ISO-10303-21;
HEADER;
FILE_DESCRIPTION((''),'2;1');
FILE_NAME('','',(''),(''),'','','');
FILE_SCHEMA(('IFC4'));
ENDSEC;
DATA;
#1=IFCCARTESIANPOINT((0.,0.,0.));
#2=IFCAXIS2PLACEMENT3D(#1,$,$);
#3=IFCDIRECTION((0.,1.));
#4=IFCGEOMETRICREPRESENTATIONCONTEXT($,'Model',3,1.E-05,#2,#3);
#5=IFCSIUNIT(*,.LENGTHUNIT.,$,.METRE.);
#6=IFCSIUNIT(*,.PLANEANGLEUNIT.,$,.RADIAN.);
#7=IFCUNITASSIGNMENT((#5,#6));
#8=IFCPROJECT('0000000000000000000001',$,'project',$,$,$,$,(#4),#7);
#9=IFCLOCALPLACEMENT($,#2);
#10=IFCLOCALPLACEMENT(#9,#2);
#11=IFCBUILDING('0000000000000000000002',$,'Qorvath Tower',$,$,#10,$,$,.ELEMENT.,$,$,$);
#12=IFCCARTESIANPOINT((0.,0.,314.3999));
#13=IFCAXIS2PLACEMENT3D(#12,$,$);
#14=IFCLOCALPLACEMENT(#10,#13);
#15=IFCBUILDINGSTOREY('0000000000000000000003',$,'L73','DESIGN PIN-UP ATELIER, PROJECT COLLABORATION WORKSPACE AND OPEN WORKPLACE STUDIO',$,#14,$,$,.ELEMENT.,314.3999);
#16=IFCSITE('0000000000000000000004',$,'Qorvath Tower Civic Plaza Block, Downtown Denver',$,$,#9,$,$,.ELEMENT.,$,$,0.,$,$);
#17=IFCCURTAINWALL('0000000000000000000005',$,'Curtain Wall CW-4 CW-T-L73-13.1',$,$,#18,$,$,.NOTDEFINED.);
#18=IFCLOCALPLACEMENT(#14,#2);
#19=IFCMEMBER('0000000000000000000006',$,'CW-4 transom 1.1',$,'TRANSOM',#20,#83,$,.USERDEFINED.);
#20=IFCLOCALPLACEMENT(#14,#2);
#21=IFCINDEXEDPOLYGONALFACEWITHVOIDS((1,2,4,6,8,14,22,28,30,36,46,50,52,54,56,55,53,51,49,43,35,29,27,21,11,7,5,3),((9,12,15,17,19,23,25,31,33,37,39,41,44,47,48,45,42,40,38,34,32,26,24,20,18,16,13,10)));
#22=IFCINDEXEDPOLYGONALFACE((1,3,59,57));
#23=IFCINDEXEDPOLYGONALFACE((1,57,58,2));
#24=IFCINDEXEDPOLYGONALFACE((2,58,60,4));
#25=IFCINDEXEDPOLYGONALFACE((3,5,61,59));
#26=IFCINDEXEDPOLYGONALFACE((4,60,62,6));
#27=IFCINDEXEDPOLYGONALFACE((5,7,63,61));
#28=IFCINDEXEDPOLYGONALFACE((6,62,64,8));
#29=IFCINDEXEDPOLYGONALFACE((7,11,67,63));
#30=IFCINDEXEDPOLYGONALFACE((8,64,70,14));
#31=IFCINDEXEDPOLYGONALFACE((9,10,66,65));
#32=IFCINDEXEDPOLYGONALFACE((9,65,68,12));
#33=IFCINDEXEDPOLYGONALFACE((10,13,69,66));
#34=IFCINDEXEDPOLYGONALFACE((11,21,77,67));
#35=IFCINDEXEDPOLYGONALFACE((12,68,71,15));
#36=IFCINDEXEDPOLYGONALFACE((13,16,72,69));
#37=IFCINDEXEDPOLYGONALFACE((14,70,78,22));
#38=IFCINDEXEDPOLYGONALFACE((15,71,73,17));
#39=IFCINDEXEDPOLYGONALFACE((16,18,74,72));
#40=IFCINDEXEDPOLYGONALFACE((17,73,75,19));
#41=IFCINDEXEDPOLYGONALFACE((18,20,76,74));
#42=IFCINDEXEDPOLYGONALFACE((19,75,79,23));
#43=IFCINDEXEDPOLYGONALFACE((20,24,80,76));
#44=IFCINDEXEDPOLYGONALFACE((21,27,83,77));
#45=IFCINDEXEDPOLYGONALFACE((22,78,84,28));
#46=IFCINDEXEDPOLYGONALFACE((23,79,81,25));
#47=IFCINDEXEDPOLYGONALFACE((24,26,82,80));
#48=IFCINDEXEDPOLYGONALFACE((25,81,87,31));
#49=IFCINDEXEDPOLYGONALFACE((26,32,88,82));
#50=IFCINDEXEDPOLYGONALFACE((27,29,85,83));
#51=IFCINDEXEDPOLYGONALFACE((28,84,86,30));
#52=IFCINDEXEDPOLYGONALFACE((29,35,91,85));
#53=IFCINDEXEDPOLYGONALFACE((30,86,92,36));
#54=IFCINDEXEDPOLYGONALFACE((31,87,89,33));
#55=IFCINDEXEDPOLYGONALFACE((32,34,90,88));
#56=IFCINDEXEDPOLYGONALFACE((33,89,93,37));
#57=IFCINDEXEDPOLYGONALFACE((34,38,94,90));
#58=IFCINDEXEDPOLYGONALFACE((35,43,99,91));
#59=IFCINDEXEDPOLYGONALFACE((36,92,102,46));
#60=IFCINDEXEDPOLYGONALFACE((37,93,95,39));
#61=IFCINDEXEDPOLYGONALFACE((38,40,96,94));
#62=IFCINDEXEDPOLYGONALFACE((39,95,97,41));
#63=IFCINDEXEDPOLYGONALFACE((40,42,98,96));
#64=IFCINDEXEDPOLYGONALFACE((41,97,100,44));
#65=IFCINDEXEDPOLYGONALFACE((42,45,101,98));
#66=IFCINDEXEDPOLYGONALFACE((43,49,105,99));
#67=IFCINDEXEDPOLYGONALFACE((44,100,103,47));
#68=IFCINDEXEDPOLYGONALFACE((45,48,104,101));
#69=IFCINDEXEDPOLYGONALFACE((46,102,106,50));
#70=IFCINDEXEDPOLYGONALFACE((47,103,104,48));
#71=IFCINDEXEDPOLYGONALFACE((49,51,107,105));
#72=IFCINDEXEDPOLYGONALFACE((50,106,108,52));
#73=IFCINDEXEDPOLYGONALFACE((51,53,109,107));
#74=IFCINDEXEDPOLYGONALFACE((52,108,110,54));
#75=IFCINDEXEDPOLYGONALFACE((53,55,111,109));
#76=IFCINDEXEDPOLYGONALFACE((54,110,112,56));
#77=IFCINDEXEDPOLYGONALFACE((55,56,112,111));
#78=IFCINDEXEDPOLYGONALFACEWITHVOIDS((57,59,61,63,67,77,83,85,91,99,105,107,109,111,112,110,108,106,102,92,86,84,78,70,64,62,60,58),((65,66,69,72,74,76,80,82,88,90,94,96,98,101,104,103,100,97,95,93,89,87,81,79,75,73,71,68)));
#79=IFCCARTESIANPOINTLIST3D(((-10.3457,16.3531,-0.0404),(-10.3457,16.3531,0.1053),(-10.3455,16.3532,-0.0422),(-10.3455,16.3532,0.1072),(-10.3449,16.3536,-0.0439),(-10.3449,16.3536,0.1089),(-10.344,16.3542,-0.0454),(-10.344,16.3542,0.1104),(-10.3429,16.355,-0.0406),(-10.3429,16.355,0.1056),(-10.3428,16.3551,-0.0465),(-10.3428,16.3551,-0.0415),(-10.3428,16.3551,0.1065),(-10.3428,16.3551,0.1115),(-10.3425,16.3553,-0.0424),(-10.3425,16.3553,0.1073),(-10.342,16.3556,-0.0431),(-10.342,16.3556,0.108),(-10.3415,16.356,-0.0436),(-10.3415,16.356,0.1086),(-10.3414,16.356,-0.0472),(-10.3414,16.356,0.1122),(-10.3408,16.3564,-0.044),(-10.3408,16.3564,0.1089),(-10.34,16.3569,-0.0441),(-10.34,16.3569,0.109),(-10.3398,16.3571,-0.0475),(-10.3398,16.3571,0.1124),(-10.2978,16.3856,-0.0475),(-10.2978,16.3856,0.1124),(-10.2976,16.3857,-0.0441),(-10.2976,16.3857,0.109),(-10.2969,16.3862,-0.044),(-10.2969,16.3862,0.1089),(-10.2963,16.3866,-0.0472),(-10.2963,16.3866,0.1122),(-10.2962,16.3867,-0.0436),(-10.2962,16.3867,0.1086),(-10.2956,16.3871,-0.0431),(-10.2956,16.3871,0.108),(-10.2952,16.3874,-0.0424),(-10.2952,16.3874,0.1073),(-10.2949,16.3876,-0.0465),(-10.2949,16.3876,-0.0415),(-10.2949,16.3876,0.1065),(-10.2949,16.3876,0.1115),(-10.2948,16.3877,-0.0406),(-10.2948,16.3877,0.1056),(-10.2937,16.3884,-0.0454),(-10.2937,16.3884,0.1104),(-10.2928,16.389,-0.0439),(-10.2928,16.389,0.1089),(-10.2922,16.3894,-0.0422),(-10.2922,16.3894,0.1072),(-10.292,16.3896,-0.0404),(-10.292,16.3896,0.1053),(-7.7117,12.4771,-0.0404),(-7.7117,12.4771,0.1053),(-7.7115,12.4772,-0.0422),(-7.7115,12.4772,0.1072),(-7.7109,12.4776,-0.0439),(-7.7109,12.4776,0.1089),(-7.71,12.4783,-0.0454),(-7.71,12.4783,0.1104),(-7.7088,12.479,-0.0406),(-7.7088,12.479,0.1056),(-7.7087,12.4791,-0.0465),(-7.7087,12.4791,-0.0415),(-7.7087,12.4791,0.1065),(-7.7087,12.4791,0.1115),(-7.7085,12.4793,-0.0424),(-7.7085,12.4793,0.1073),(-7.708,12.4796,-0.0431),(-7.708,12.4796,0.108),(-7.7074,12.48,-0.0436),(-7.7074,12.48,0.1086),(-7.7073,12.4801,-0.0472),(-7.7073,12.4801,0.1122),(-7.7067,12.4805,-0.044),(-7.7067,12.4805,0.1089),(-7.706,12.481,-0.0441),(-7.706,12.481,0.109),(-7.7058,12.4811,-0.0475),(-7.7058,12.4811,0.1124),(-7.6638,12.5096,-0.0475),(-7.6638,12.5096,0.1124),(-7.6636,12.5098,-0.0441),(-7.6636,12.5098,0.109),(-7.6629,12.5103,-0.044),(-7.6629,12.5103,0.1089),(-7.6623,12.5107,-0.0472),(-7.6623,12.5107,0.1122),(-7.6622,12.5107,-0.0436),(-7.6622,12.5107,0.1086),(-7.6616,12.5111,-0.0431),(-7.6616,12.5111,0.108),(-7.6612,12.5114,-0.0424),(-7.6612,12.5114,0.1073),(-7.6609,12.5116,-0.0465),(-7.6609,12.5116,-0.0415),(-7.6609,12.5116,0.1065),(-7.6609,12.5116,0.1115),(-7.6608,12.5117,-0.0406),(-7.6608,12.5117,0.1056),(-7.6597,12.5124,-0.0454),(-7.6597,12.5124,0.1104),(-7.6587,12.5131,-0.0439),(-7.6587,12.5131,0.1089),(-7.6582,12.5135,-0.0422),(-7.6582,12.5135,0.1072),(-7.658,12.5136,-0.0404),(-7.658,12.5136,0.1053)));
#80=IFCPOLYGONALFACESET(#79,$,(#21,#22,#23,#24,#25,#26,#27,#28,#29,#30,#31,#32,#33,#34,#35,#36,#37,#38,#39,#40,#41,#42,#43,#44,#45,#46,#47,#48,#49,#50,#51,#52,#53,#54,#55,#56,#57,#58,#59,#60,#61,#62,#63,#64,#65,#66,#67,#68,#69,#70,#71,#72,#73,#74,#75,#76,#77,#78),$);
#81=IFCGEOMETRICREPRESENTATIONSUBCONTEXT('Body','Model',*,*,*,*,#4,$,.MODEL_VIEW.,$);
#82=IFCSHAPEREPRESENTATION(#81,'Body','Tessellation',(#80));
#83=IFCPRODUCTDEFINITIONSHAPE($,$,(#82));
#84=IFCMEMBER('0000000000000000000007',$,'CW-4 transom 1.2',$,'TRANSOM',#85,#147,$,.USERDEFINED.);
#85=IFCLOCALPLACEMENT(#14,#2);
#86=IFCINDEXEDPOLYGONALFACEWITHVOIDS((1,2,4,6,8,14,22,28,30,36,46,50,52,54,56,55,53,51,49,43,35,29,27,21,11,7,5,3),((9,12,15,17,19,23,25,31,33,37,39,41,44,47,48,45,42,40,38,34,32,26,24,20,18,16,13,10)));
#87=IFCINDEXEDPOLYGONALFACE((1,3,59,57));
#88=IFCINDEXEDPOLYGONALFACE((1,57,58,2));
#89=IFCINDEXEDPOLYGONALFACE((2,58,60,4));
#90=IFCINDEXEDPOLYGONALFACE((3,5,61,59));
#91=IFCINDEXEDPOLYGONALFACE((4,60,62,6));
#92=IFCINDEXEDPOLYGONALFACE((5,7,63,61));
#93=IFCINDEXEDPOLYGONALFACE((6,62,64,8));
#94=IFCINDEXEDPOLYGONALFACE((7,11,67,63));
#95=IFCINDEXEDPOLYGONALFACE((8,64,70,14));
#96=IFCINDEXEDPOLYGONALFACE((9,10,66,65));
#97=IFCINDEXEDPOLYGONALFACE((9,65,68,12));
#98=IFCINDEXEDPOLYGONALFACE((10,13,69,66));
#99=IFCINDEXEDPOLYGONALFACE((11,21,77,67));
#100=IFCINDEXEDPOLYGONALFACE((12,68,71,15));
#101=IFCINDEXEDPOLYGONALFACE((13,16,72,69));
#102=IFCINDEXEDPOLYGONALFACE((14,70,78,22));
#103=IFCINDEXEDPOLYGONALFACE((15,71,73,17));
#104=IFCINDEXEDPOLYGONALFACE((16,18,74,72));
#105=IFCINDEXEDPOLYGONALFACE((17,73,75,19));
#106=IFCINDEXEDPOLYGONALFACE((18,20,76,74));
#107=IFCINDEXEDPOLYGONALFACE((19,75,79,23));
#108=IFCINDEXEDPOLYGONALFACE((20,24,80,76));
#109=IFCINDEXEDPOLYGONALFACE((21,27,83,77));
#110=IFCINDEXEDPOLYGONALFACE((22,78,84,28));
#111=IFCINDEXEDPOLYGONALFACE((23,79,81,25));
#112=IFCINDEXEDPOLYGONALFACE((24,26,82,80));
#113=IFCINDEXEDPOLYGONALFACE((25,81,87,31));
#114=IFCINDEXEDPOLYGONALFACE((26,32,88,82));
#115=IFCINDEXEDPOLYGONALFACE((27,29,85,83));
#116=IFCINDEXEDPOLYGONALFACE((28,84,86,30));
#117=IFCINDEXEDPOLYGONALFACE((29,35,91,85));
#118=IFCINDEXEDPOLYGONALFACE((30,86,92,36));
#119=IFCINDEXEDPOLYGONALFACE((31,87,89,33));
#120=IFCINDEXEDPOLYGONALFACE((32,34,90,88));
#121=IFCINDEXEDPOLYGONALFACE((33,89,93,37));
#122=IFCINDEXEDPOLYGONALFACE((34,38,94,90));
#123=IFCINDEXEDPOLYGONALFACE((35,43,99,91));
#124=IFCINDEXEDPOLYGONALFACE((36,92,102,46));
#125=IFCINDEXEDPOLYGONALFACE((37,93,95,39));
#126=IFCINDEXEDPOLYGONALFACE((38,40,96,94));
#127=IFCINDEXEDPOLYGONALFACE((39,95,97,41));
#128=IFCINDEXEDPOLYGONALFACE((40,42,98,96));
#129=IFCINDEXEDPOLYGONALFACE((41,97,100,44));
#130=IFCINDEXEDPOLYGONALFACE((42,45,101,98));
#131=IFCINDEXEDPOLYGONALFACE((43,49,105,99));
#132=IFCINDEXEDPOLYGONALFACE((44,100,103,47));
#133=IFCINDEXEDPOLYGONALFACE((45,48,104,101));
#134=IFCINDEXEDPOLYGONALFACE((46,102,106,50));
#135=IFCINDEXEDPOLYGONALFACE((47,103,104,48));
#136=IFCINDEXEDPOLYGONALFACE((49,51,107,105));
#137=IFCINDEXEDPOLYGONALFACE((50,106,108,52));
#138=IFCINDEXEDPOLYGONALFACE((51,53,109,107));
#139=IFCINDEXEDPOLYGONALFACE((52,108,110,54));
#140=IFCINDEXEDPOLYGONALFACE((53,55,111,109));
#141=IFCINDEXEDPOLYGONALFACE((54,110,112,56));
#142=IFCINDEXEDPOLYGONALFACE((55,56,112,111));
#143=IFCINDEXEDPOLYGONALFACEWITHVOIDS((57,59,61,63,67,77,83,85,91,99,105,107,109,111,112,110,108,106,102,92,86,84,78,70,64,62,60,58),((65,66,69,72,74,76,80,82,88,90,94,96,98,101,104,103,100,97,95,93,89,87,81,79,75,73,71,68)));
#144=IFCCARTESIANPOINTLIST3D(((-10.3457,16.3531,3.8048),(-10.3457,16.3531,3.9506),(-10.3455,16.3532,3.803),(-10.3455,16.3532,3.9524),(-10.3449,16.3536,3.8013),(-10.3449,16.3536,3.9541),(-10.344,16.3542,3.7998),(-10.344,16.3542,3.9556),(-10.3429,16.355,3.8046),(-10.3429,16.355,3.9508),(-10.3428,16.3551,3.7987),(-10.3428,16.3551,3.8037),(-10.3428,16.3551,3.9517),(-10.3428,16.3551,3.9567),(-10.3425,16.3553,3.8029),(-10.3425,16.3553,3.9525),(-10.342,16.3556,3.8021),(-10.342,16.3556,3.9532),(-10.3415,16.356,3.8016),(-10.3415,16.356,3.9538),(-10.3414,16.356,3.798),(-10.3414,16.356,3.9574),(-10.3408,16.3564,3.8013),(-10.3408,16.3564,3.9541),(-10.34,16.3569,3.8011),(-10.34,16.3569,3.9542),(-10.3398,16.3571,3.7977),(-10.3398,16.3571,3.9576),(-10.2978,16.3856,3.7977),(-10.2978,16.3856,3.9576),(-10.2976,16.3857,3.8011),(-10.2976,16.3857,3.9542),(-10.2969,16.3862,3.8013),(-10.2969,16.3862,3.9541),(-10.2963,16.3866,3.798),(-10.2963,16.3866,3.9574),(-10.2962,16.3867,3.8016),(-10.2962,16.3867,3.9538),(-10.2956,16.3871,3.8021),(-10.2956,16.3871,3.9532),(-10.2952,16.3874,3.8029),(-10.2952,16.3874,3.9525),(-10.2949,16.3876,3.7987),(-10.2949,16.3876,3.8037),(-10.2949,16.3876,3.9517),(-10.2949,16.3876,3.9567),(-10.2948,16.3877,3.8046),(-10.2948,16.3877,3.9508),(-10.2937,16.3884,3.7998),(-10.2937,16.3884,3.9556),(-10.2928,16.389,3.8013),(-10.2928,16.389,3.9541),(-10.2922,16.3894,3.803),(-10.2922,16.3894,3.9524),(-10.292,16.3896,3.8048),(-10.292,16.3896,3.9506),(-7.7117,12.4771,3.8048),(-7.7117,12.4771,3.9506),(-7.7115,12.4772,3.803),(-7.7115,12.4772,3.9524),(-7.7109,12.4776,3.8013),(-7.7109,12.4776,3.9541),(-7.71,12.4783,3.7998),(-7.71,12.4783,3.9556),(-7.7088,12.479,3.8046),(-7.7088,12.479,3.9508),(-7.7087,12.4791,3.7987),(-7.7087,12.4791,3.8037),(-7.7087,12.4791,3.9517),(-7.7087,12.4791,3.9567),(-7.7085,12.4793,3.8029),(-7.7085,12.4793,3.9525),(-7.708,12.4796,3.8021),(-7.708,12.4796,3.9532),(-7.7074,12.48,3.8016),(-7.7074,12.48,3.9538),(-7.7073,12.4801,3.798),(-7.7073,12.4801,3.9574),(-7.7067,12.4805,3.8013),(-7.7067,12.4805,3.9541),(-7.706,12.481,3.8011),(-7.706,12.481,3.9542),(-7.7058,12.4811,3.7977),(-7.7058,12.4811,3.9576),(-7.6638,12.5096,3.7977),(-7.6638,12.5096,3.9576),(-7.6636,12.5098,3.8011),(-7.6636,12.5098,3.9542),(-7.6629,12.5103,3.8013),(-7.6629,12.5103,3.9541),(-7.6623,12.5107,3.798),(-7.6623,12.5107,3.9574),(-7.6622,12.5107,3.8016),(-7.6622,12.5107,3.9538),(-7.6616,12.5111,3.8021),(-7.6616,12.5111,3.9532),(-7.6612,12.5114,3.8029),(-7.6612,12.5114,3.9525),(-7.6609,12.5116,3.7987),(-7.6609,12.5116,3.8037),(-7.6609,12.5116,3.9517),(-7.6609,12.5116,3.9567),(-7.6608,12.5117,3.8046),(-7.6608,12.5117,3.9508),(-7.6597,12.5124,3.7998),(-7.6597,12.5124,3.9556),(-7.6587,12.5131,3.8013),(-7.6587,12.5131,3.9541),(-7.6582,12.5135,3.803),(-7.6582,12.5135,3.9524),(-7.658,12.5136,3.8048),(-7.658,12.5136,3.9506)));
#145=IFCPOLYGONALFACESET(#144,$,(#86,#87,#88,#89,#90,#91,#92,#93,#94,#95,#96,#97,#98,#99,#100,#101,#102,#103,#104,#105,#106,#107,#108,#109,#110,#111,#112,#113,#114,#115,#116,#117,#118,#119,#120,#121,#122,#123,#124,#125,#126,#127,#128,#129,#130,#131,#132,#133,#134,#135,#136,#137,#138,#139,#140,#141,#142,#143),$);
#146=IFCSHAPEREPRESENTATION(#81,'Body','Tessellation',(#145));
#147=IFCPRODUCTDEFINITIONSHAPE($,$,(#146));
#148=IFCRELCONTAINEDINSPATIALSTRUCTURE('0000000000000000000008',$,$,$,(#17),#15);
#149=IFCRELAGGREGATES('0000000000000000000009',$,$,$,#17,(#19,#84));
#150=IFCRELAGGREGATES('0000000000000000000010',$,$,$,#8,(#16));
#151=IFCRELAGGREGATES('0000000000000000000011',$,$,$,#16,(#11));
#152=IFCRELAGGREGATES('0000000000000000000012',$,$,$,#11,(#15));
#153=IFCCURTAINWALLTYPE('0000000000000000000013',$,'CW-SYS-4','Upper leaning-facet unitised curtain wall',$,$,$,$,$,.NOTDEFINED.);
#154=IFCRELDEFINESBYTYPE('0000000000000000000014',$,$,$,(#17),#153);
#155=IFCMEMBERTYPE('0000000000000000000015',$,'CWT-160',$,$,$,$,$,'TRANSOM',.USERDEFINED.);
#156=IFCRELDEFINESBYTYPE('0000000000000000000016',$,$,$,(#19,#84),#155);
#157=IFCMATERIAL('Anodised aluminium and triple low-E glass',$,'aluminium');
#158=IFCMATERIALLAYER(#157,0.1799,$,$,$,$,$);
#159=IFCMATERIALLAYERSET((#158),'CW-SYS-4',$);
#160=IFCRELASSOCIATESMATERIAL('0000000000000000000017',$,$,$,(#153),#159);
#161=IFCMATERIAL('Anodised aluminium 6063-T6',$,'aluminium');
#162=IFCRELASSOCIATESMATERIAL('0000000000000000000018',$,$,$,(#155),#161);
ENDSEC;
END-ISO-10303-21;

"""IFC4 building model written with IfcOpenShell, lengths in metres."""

from ifc_helpers import new_model, si_unit, direction, frame, origin, origin_2d, place, context, subcontext, project, spatial, hollow_rectangle, extrude, material, layer, layer_set, material_profile, profile_set, type_object, element, aggregate, save


model = new_model("IFC4")

# Units and contexts
model_context = context("Model", 3, precision=1e-05, world=origin(), true_north=direction((0.0, 1.0)))
body_context = subcontext(model_context, "Body", "Model", "MODEL_VIEW")
ifc_project = project(units=[si_unit("LENGTHUNIT", "METRE"), si_unit("PLANEANGLEUNIT", "RADIAN")], contexts=[model_context])

# Site, building, storey
site_placement = place(None, origin())
site = spatial("IfcSite", under=ifc_project, at=site_placement, Name="Qorvath Tower Civic Plaza Block, Downtown Denver", CompositionType="ELEMENT", RefElevation=0.0)
building_placement = place(site_placement, origin())
building = spatial("IfcBuilding", under=site, at=building_placement, Name="Qorvath Tower", CompositionType="ELEMENT")
storey_placement = place(building_placement, frame((0.0, 0.0, 314.3999)))
storey = spatial("IfcBuildingStorey", under=building, at=storey_placement, Name="L73", Description="DESIGN PIN-UP ATELIER, PROJECT COLLABORATION WORKSPACE AND OPEN WORKPLACE STUDIO", CompositionType="ELEMENT", Elevation=314.3999)

# Curtain wall
ifc_material_1 = material(Name="Anodised aluminium and triple low-E glass", Category="aluminium")
ifc_layer_1 = layer(ifc_material_1, 0.1799)
ifc_layer_set_1 = layer_set([ifc_layer_1], Name="CW-SYS-4")
curtain_wall_type = type_object("IfcCurtainWallType", Name="CW-SYS-4", Description="Upper leaning-facet unitised curtain wall", PredefinedType="NOTDEFINED", material=ifc_layer_set_1)
curtain_wall_1_placement = place(storey_placement, origin())
curtain_wall_1 = element("IfcCurtainWall", 1, at=curtain_wall_1_placement, inside=storey, type_object=curtain_wall_type, Name="Curtain Wall CW-4 CW-T-L73-13.1", PredefinedType="NOTDEFINED")

# Members
ifc_material_2 = material(Name="Anodised aluminium 6063-T6", Category="aluminium")
ifc_material_profile_1 = material_profile(ifc_material_2, hollow_rectangle(XDim=0.0649, YDim=0.1599, WallThickness=0.0034, InnerFilletRadius=0.0034, OuterFilletRadius=0.0071, at=origin_2d()), Name="CWT 160x65")
ifc_profile_set_1 = profile_set([ifc_material_profile_1], Name="Anodised aluminium 6063-T6")
member_type_1 = type_object("IfcMemberType", Name="CWT-160", ElementType="TRANSOM", PredefinedType="USERDEFINED", material=ifc_profile_set_1)
member_1_placement = place(storey_placement, frame((-7.6848, 12.4954, 0.0325), z_axis=(-0.562072, 0.827088, 0.0), x_axis=(-0.827088, -0.562072, 0.0)))
member_1 = element("IfcMember", 2, at=member_1_placement, type_object=member_type_1, Name="CW-4 transom 1.1", ObjectType="TRANSOM", PredefinedType="USERDEFINED", context=body_context, shape_type="SweptSolid", body=[
    extrude(hollow_rectangle(XDim=0.0649, YDim=0.1599, WallThickness=0.0034, InnerFilletRadius=0.0034, OuterFilletRadius=0.0071, at=origin_2d()), origin(), (0.0, 0.0, 1.0), 4.6863),
])
member_2_placement = place(storey_placement, frame((-7.6848, 12.4954, 3.8777), z_axis=(-0.562072, 0.827088, 0.0), x_axis=(-0.827088, -0.562072, 0.0)))
member_2 = element("IfcMember", 3, at=member_2_placement, type_object=member_type_1, Name="CW-4 transom 1.2", ObjectType="TRANSOM", PredefinedType="USERDEFINED", context=body_context, shape_type="SweptSolid", body=[
    extrude(hollow_rectangle(XDim=0.0649, YDim=0.1599, WallThickness=0.0034, InnerFilletRadius=0.0034, OuterFilletRadius=0.0071, at=origin_2d()), origin(), (0.0, 0.0, 1.0), 4.6863),
])

aggregate(curtain_wall_1, [member_1, member_2])

save(model, "model.ifc")
